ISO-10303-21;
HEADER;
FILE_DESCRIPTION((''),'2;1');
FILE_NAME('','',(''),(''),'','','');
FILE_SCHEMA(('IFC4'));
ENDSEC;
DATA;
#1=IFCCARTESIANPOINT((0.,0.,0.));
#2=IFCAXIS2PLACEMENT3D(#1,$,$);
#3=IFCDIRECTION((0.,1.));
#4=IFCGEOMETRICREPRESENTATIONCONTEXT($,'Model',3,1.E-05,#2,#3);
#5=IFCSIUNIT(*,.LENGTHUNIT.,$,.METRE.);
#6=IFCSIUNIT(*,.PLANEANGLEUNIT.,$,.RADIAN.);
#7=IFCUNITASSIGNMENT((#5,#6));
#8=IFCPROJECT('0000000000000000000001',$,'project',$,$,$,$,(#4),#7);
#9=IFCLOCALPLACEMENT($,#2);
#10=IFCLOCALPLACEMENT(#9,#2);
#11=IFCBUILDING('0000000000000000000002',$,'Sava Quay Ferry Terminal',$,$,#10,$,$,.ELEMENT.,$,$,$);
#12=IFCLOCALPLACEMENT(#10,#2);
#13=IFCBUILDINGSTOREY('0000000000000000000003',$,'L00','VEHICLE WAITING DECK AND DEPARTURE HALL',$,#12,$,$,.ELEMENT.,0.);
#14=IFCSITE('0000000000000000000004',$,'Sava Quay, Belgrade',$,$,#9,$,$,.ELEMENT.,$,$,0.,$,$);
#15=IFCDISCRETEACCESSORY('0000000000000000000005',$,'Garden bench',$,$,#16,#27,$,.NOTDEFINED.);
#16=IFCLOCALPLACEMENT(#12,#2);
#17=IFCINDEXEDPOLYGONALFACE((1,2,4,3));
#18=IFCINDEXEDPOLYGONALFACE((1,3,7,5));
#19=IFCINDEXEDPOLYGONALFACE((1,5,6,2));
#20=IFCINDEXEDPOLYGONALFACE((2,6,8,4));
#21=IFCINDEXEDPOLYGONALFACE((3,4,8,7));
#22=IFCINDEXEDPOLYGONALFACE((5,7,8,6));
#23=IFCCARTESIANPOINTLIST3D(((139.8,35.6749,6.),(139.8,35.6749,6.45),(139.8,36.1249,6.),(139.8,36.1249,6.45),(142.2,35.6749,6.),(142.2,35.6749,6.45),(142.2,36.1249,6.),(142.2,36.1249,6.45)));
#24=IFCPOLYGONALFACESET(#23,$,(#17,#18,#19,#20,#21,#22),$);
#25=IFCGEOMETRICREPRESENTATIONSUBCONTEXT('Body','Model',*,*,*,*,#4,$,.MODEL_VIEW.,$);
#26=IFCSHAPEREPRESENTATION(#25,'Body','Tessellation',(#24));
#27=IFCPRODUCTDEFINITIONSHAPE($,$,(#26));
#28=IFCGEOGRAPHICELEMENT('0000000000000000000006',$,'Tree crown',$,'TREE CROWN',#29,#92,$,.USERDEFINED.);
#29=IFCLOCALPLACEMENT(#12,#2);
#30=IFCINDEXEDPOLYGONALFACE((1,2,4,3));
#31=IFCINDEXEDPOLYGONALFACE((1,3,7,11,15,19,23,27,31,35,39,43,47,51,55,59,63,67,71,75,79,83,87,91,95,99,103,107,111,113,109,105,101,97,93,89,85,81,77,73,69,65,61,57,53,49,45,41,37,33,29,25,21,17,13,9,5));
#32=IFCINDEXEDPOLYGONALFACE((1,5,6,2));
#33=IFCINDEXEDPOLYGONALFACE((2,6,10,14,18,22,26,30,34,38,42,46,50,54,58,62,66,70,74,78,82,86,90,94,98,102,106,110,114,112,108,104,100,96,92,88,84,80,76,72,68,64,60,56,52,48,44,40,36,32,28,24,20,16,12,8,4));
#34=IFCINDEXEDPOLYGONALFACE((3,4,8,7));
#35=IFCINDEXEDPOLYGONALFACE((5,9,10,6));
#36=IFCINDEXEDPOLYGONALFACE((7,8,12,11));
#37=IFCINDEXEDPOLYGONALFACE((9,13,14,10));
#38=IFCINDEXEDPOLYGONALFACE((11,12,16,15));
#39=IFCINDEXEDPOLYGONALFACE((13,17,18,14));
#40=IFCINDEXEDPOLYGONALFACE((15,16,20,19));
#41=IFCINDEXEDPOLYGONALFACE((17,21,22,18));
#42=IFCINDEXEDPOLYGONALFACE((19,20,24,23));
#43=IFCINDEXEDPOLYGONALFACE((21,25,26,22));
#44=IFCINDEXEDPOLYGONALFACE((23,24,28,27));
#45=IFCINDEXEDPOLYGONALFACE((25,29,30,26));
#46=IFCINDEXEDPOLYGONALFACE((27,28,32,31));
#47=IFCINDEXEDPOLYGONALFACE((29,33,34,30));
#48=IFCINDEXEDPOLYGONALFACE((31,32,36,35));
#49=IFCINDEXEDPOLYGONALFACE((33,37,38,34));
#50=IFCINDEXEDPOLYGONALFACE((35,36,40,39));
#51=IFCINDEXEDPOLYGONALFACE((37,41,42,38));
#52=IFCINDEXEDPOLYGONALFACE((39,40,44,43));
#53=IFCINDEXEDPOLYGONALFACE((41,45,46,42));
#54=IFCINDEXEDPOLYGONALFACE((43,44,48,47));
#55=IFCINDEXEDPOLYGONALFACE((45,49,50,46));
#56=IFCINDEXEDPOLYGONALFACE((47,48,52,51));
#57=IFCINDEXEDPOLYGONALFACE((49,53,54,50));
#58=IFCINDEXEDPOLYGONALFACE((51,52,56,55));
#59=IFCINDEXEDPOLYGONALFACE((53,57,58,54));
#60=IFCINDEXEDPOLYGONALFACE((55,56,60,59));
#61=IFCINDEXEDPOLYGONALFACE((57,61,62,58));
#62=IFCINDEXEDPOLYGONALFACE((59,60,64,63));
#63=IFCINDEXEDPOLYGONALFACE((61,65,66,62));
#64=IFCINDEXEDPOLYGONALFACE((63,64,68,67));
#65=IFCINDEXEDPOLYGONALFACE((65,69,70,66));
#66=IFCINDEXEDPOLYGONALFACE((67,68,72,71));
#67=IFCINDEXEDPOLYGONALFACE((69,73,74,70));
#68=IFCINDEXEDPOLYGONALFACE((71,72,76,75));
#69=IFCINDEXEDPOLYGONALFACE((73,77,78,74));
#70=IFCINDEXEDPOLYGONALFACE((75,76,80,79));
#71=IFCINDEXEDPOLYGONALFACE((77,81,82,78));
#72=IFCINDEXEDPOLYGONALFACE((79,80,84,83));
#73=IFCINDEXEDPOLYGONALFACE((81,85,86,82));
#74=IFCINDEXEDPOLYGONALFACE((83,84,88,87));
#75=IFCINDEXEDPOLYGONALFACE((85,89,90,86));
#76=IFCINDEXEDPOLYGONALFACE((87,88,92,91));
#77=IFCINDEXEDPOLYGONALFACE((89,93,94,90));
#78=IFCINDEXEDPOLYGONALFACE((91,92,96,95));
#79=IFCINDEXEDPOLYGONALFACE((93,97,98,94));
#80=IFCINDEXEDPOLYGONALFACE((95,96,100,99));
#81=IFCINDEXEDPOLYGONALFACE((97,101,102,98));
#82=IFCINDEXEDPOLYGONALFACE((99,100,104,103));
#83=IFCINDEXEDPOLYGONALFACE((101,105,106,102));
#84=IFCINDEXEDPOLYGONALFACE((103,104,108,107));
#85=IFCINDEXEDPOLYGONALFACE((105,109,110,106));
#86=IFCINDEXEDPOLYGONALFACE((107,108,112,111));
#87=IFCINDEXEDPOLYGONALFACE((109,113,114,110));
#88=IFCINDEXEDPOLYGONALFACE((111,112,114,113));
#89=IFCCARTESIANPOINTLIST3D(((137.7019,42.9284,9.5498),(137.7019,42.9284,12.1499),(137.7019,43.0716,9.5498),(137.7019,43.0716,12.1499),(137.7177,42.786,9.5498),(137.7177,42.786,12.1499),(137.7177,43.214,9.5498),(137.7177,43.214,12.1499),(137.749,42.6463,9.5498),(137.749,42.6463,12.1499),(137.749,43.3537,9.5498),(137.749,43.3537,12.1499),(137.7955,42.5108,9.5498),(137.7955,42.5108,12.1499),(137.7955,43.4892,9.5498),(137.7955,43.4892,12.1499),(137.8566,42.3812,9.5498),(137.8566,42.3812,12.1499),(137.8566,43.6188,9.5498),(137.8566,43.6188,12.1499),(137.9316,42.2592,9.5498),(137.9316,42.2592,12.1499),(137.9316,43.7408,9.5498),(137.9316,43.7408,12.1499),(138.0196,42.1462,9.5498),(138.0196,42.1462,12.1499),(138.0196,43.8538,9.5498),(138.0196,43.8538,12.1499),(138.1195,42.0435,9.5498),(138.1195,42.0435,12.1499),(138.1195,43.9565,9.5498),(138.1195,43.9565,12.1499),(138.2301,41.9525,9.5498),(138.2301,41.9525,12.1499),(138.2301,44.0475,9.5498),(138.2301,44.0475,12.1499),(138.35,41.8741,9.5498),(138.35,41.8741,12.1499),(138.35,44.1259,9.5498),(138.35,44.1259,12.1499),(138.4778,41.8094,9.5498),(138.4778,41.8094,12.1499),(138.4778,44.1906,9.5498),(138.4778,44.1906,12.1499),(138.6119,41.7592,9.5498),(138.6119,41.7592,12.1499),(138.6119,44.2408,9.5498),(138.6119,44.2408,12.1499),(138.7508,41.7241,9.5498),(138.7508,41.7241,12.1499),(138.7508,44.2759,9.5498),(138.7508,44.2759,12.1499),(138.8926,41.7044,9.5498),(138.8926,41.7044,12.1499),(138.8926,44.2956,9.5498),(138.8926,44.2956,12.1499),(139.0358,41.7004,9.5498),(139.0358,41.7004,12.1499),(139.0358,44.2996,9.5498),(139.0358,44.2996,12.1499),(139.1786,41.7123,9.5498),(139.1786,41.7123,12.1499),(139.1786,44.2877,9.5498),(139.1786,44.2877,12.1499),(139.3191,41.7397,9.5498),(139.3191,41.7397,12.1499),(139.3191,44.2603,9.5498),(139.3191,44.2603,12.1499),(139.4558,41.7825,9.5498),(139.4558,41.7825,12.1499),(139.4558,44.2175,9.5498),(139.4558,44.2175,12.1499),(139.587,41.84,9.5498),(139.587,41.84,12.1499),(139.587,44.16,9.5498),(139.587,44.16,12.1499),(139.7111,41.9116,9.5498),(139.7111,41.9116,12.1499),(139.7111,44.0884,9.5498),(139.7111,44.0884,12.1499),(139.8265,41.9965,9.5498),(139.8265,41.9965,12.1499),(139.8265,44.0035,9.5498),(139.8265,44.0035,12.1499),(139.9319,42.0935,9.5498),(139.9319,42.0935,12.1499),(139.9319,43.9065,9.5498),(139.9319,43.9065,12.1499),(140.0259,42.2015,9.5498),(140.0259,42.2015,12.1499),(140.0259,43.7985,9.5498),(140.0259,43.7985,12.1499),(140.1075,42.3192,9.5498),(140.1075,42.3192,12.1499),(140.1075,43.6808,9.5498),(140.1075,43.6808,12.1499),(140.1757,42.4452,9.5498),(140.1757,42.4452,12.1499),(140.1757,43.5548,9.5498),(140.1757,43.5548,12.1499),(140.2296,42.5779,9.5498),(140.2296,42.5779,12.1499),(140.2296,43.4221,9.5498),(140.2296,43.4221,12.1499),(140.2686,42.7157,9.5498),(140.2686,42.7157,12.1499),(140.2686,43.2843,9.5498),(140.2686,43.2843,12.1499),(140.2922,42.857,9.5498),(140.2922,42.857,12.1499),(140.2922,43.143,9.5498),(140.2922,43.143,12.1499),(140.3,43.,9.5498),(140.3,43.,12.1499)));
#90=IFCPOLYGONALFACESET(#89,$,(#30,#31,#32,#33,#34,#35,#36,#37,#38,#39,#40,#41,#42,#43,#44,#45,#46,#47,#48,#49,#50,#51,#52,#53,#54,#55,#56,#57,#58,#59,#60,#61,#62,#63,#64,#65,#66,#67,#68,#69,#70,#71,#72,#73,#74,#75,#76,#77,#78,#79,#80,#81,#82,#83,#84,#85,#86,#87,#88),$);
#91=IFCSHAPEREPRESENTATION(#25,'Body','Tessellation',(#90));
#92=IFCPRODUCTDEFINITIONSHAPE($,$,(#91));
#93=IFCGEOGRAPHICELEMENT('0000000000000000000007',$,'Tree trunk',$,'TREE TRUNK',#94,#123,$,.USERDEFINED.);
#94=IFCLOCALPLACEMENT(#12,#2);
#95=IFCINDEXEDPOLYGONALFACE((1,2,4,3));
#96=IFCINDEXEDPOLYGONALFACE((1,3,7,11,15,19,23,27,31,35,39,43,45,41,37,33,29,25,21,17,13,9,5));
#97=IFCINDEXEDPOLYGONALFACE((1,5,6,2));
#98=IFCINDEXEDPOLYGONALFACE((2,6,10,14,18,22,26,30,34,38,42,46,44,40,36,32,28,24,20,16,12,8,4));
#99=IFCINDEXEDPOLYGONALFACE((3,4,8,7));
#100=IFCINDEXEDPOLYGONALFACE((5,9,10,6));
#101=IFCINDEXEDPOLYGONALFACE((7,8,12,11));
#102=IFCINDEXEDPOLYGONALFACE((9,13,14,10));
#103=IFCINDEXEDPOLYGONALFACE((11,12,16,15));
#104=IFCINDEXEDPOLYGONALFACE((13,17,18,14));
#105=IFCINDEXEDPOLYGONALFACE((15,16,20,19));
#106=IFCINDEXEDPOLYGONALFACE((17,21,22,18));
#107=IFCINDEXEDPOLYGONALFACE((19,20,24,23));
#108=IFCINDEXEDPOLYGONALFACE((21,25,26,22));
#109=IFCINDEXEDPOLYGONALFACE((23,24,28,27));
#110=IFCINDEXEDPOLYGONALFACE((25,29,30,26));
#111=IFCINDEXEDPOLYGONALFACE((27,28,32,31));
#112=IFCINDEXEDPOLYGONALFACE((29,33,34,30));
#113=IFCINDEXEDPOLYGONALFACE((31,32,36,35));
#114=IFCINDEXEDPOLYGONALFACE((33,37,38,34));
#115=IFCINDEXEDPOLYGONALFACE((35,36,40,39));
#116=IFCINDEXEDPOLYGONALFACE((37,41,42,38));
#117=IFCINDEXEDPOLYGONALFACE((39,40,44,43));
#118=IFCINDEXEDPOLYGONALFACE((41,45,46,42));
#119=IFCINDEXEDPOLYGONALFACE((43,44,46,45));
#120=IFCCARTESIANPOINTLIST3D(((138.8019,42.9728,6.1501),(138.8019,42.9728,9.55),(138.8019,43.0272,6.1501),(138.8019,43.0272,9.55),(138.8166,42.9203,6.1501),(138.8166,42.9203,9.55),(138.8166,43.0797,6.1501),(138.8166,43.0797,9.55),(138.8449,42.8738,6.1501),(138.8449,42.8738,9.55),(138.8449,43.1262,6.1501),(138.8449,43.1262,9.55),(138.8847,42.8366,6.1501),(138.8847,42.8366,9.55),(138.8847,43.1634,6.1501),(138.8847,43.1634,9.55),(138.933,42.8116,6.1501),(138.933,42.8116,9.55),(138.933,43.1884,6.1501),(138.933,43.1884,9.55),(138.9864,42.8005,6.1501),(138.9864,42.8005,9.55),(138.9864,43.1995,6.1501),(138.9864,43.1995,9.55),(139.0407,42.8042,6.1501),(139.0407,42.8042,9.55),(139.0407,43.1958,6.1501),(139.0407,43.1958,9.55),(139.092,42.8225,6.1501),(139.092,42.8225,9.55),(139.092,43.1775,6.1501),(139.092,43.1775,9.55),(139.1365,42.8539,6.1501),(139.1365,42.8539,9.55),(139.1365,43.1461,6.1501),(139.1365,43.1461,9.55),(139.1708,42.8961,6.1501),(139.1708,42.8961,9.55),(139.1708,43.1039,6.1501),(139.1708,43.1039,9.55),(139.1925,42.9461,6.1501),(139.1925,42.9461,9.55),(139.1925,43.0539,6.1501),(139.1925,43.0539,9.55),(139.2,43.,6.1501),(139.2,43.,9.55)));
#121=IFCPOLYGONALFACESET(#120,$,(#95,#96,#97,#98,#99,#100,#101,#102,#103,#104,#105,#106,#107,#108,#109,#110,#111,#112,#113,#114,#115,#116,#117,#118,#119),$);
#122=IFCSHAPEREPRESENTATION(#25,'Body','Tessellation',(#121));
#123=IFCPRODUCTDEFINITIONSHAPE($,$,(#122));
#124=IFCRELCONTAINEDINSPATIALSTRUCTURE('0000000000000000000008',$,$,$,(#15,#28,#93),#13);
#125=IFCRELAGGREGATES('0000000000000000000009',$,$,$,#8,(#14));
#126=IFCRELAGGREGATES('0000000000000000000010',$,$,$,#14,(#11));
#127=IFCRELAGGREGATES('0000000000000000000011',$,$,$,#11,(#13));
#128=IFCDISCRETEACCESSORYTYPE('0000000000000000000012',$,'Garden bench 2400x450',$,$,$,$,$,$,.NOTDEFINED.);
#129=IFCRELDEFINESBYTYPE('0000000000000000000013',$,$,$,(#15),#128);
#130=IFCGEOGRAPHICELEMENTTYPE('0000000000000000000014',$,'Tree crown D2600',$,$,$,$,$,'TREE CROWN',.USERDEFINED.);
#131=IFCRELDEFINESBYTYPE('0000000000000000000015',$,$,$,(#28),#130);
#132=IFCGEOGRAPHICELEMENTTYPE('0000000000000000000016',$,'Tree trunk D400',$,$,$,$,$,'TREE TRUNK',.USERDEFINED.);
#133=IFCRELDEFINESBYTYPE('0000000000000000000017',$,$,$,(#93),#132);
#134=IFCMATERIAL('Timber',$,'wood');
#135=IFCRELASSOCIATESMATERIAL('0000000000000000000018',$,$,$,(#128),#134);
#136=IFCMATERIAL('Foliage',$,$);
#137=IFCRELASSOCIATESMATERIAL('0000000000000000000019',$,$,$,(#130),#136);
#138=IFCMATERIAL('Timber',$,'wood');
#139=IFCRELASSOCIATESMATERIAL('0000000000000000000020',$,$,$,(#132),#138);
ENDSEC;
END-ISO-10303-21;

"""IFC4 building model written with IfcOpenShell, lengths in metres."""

from ifc_helpers import new_model, si_unit, direction, frame, origin, origin_2d, place, context, subcontext, project, spatial, rectangle, circle, extrude, material, type_object, element, save


model = new_model("IFC4")

# Units and contexts
model_context = context("Model", 3, precision=1e-05, world=origin(), true_north=direction((0.0, 1.0)))
body_context = subcontext(model_context, "Body", "Model", "MODEL_VIEW")
ifc_project = project(units=[si_unit("LENGTHUNIT", "METRE"), si_unit("PLANEANGLEUNIT", "RADIAN")], contexts=[model_context])

# Site, building, storey
site_placement = place(None, origin())
site = spatial("IfcSite", under=ifc_project, at=site_placement, Name="Sava Quay, Belgrade", CompositionType="ELEMENT", RefElevation=0.0)
building_placement = place(site_placement, origin())
building = spatial("IfcBuilding", under=site, at=building_placement, Name="Sava Quay Ferry Terminal", CompositionType="ELEMENT")
storey_placement = place(building_placement, origin())
storey = spatial("IfcBuildingStorey", under=building, at=storey_placement, Name="L00", Description="VEHICLE WAITING DECK AND DEPARTURE HALL", CompositionType="ELEMENT", Elevation=0.0)

# Discrete accessory
ifc_material_1 = material(Name="Timber", Category="wood")
discrete_accessory_type = type_object("IfcDiscreteAccessoryType", Name="Garden bench 2400x450", PredefinedType="NOTDEFINED", material=ifc_material_1)
discrete_accessory_placement = place(storey_placement, frame((141.0, 35.8999, 6.0), z_axis=(0.0, 0.0, 1.0), x_axis=(1.0, 0.0, 0.0)))
element("IfcDiscreteAccessory", 1, at=discrete_accessory_placement, inside=storey, type_object=discrete_accessory_type, Name="Garden bench", PredefinedType="NOTDEFINED", context=body_context, shape_type="SweptSolid", body=[
    extrude(rectangle(XDim=2.3999, YDim=0.45, at=origin_2d()), origin(), (0.0, 0.0, 1.0), 0.45),
])

# Geographic elements
ifc_material_2 = material(Name="Foliage")
geographic_element_type_1 = type_object("IfcGeographicElementType", Name="Tree crown D2600", ElementType="TREE CROWN", PredefinedType="USERDEFINED", material=ifc_material_2)
geographic_element_1_placement = place(storey_placement, frame((139.0, 43.0, 12.1499), z_axis=(0.0, 0.0, -1.0), x_axis=(1.0, 0.0, 0.0)))
element("IfcGeographicElement", 2, at=geographic_element_1_placement, inside=storey, type_object=geographic_element_type_1, Name="Tree crown", ObjectType="TREE CROWN", PredefinedType="USERDEFINED", context=body_context, shape_type="SweptSolid", body=[
    extrude(circle(Radius=1.3, at=origin_2d()), origin(), (0.0, 0.0, 1.0), 2.6001),
])
ifc_material_3 = material(Name="Timber", Category="wood")
geographic_element_type_2 = type_object("IfcGeographicElementType", Name="Tree trunk D400", ElementType="TREE TRUNK", PredefinedType="USERDEFINED", material=ifc_material_3)
geographic_element_2_placement = place(storey_placement, frame((139.0, 43.0, 9.55), z_axis=(0.0, 0.0, -1.0), x_axis=(1.0, 0.0, 0.0)))
element("IfcGeographicElement", 3, at=geographic_element_2_placement, inside=storey, type_object=geographic_element_type_2, Name="Tree trunk", ObjectType="TREE TRUNK", PredefinedType="USERDEFINED", context=body_context, shape_type="SweptSolid", body=[
    extrude(circle(Radius=0.2, at=origin_2d()), origin(), (0.0, 0.0, 1.0), 3.3999),
])

save(model, "model.ifc")
